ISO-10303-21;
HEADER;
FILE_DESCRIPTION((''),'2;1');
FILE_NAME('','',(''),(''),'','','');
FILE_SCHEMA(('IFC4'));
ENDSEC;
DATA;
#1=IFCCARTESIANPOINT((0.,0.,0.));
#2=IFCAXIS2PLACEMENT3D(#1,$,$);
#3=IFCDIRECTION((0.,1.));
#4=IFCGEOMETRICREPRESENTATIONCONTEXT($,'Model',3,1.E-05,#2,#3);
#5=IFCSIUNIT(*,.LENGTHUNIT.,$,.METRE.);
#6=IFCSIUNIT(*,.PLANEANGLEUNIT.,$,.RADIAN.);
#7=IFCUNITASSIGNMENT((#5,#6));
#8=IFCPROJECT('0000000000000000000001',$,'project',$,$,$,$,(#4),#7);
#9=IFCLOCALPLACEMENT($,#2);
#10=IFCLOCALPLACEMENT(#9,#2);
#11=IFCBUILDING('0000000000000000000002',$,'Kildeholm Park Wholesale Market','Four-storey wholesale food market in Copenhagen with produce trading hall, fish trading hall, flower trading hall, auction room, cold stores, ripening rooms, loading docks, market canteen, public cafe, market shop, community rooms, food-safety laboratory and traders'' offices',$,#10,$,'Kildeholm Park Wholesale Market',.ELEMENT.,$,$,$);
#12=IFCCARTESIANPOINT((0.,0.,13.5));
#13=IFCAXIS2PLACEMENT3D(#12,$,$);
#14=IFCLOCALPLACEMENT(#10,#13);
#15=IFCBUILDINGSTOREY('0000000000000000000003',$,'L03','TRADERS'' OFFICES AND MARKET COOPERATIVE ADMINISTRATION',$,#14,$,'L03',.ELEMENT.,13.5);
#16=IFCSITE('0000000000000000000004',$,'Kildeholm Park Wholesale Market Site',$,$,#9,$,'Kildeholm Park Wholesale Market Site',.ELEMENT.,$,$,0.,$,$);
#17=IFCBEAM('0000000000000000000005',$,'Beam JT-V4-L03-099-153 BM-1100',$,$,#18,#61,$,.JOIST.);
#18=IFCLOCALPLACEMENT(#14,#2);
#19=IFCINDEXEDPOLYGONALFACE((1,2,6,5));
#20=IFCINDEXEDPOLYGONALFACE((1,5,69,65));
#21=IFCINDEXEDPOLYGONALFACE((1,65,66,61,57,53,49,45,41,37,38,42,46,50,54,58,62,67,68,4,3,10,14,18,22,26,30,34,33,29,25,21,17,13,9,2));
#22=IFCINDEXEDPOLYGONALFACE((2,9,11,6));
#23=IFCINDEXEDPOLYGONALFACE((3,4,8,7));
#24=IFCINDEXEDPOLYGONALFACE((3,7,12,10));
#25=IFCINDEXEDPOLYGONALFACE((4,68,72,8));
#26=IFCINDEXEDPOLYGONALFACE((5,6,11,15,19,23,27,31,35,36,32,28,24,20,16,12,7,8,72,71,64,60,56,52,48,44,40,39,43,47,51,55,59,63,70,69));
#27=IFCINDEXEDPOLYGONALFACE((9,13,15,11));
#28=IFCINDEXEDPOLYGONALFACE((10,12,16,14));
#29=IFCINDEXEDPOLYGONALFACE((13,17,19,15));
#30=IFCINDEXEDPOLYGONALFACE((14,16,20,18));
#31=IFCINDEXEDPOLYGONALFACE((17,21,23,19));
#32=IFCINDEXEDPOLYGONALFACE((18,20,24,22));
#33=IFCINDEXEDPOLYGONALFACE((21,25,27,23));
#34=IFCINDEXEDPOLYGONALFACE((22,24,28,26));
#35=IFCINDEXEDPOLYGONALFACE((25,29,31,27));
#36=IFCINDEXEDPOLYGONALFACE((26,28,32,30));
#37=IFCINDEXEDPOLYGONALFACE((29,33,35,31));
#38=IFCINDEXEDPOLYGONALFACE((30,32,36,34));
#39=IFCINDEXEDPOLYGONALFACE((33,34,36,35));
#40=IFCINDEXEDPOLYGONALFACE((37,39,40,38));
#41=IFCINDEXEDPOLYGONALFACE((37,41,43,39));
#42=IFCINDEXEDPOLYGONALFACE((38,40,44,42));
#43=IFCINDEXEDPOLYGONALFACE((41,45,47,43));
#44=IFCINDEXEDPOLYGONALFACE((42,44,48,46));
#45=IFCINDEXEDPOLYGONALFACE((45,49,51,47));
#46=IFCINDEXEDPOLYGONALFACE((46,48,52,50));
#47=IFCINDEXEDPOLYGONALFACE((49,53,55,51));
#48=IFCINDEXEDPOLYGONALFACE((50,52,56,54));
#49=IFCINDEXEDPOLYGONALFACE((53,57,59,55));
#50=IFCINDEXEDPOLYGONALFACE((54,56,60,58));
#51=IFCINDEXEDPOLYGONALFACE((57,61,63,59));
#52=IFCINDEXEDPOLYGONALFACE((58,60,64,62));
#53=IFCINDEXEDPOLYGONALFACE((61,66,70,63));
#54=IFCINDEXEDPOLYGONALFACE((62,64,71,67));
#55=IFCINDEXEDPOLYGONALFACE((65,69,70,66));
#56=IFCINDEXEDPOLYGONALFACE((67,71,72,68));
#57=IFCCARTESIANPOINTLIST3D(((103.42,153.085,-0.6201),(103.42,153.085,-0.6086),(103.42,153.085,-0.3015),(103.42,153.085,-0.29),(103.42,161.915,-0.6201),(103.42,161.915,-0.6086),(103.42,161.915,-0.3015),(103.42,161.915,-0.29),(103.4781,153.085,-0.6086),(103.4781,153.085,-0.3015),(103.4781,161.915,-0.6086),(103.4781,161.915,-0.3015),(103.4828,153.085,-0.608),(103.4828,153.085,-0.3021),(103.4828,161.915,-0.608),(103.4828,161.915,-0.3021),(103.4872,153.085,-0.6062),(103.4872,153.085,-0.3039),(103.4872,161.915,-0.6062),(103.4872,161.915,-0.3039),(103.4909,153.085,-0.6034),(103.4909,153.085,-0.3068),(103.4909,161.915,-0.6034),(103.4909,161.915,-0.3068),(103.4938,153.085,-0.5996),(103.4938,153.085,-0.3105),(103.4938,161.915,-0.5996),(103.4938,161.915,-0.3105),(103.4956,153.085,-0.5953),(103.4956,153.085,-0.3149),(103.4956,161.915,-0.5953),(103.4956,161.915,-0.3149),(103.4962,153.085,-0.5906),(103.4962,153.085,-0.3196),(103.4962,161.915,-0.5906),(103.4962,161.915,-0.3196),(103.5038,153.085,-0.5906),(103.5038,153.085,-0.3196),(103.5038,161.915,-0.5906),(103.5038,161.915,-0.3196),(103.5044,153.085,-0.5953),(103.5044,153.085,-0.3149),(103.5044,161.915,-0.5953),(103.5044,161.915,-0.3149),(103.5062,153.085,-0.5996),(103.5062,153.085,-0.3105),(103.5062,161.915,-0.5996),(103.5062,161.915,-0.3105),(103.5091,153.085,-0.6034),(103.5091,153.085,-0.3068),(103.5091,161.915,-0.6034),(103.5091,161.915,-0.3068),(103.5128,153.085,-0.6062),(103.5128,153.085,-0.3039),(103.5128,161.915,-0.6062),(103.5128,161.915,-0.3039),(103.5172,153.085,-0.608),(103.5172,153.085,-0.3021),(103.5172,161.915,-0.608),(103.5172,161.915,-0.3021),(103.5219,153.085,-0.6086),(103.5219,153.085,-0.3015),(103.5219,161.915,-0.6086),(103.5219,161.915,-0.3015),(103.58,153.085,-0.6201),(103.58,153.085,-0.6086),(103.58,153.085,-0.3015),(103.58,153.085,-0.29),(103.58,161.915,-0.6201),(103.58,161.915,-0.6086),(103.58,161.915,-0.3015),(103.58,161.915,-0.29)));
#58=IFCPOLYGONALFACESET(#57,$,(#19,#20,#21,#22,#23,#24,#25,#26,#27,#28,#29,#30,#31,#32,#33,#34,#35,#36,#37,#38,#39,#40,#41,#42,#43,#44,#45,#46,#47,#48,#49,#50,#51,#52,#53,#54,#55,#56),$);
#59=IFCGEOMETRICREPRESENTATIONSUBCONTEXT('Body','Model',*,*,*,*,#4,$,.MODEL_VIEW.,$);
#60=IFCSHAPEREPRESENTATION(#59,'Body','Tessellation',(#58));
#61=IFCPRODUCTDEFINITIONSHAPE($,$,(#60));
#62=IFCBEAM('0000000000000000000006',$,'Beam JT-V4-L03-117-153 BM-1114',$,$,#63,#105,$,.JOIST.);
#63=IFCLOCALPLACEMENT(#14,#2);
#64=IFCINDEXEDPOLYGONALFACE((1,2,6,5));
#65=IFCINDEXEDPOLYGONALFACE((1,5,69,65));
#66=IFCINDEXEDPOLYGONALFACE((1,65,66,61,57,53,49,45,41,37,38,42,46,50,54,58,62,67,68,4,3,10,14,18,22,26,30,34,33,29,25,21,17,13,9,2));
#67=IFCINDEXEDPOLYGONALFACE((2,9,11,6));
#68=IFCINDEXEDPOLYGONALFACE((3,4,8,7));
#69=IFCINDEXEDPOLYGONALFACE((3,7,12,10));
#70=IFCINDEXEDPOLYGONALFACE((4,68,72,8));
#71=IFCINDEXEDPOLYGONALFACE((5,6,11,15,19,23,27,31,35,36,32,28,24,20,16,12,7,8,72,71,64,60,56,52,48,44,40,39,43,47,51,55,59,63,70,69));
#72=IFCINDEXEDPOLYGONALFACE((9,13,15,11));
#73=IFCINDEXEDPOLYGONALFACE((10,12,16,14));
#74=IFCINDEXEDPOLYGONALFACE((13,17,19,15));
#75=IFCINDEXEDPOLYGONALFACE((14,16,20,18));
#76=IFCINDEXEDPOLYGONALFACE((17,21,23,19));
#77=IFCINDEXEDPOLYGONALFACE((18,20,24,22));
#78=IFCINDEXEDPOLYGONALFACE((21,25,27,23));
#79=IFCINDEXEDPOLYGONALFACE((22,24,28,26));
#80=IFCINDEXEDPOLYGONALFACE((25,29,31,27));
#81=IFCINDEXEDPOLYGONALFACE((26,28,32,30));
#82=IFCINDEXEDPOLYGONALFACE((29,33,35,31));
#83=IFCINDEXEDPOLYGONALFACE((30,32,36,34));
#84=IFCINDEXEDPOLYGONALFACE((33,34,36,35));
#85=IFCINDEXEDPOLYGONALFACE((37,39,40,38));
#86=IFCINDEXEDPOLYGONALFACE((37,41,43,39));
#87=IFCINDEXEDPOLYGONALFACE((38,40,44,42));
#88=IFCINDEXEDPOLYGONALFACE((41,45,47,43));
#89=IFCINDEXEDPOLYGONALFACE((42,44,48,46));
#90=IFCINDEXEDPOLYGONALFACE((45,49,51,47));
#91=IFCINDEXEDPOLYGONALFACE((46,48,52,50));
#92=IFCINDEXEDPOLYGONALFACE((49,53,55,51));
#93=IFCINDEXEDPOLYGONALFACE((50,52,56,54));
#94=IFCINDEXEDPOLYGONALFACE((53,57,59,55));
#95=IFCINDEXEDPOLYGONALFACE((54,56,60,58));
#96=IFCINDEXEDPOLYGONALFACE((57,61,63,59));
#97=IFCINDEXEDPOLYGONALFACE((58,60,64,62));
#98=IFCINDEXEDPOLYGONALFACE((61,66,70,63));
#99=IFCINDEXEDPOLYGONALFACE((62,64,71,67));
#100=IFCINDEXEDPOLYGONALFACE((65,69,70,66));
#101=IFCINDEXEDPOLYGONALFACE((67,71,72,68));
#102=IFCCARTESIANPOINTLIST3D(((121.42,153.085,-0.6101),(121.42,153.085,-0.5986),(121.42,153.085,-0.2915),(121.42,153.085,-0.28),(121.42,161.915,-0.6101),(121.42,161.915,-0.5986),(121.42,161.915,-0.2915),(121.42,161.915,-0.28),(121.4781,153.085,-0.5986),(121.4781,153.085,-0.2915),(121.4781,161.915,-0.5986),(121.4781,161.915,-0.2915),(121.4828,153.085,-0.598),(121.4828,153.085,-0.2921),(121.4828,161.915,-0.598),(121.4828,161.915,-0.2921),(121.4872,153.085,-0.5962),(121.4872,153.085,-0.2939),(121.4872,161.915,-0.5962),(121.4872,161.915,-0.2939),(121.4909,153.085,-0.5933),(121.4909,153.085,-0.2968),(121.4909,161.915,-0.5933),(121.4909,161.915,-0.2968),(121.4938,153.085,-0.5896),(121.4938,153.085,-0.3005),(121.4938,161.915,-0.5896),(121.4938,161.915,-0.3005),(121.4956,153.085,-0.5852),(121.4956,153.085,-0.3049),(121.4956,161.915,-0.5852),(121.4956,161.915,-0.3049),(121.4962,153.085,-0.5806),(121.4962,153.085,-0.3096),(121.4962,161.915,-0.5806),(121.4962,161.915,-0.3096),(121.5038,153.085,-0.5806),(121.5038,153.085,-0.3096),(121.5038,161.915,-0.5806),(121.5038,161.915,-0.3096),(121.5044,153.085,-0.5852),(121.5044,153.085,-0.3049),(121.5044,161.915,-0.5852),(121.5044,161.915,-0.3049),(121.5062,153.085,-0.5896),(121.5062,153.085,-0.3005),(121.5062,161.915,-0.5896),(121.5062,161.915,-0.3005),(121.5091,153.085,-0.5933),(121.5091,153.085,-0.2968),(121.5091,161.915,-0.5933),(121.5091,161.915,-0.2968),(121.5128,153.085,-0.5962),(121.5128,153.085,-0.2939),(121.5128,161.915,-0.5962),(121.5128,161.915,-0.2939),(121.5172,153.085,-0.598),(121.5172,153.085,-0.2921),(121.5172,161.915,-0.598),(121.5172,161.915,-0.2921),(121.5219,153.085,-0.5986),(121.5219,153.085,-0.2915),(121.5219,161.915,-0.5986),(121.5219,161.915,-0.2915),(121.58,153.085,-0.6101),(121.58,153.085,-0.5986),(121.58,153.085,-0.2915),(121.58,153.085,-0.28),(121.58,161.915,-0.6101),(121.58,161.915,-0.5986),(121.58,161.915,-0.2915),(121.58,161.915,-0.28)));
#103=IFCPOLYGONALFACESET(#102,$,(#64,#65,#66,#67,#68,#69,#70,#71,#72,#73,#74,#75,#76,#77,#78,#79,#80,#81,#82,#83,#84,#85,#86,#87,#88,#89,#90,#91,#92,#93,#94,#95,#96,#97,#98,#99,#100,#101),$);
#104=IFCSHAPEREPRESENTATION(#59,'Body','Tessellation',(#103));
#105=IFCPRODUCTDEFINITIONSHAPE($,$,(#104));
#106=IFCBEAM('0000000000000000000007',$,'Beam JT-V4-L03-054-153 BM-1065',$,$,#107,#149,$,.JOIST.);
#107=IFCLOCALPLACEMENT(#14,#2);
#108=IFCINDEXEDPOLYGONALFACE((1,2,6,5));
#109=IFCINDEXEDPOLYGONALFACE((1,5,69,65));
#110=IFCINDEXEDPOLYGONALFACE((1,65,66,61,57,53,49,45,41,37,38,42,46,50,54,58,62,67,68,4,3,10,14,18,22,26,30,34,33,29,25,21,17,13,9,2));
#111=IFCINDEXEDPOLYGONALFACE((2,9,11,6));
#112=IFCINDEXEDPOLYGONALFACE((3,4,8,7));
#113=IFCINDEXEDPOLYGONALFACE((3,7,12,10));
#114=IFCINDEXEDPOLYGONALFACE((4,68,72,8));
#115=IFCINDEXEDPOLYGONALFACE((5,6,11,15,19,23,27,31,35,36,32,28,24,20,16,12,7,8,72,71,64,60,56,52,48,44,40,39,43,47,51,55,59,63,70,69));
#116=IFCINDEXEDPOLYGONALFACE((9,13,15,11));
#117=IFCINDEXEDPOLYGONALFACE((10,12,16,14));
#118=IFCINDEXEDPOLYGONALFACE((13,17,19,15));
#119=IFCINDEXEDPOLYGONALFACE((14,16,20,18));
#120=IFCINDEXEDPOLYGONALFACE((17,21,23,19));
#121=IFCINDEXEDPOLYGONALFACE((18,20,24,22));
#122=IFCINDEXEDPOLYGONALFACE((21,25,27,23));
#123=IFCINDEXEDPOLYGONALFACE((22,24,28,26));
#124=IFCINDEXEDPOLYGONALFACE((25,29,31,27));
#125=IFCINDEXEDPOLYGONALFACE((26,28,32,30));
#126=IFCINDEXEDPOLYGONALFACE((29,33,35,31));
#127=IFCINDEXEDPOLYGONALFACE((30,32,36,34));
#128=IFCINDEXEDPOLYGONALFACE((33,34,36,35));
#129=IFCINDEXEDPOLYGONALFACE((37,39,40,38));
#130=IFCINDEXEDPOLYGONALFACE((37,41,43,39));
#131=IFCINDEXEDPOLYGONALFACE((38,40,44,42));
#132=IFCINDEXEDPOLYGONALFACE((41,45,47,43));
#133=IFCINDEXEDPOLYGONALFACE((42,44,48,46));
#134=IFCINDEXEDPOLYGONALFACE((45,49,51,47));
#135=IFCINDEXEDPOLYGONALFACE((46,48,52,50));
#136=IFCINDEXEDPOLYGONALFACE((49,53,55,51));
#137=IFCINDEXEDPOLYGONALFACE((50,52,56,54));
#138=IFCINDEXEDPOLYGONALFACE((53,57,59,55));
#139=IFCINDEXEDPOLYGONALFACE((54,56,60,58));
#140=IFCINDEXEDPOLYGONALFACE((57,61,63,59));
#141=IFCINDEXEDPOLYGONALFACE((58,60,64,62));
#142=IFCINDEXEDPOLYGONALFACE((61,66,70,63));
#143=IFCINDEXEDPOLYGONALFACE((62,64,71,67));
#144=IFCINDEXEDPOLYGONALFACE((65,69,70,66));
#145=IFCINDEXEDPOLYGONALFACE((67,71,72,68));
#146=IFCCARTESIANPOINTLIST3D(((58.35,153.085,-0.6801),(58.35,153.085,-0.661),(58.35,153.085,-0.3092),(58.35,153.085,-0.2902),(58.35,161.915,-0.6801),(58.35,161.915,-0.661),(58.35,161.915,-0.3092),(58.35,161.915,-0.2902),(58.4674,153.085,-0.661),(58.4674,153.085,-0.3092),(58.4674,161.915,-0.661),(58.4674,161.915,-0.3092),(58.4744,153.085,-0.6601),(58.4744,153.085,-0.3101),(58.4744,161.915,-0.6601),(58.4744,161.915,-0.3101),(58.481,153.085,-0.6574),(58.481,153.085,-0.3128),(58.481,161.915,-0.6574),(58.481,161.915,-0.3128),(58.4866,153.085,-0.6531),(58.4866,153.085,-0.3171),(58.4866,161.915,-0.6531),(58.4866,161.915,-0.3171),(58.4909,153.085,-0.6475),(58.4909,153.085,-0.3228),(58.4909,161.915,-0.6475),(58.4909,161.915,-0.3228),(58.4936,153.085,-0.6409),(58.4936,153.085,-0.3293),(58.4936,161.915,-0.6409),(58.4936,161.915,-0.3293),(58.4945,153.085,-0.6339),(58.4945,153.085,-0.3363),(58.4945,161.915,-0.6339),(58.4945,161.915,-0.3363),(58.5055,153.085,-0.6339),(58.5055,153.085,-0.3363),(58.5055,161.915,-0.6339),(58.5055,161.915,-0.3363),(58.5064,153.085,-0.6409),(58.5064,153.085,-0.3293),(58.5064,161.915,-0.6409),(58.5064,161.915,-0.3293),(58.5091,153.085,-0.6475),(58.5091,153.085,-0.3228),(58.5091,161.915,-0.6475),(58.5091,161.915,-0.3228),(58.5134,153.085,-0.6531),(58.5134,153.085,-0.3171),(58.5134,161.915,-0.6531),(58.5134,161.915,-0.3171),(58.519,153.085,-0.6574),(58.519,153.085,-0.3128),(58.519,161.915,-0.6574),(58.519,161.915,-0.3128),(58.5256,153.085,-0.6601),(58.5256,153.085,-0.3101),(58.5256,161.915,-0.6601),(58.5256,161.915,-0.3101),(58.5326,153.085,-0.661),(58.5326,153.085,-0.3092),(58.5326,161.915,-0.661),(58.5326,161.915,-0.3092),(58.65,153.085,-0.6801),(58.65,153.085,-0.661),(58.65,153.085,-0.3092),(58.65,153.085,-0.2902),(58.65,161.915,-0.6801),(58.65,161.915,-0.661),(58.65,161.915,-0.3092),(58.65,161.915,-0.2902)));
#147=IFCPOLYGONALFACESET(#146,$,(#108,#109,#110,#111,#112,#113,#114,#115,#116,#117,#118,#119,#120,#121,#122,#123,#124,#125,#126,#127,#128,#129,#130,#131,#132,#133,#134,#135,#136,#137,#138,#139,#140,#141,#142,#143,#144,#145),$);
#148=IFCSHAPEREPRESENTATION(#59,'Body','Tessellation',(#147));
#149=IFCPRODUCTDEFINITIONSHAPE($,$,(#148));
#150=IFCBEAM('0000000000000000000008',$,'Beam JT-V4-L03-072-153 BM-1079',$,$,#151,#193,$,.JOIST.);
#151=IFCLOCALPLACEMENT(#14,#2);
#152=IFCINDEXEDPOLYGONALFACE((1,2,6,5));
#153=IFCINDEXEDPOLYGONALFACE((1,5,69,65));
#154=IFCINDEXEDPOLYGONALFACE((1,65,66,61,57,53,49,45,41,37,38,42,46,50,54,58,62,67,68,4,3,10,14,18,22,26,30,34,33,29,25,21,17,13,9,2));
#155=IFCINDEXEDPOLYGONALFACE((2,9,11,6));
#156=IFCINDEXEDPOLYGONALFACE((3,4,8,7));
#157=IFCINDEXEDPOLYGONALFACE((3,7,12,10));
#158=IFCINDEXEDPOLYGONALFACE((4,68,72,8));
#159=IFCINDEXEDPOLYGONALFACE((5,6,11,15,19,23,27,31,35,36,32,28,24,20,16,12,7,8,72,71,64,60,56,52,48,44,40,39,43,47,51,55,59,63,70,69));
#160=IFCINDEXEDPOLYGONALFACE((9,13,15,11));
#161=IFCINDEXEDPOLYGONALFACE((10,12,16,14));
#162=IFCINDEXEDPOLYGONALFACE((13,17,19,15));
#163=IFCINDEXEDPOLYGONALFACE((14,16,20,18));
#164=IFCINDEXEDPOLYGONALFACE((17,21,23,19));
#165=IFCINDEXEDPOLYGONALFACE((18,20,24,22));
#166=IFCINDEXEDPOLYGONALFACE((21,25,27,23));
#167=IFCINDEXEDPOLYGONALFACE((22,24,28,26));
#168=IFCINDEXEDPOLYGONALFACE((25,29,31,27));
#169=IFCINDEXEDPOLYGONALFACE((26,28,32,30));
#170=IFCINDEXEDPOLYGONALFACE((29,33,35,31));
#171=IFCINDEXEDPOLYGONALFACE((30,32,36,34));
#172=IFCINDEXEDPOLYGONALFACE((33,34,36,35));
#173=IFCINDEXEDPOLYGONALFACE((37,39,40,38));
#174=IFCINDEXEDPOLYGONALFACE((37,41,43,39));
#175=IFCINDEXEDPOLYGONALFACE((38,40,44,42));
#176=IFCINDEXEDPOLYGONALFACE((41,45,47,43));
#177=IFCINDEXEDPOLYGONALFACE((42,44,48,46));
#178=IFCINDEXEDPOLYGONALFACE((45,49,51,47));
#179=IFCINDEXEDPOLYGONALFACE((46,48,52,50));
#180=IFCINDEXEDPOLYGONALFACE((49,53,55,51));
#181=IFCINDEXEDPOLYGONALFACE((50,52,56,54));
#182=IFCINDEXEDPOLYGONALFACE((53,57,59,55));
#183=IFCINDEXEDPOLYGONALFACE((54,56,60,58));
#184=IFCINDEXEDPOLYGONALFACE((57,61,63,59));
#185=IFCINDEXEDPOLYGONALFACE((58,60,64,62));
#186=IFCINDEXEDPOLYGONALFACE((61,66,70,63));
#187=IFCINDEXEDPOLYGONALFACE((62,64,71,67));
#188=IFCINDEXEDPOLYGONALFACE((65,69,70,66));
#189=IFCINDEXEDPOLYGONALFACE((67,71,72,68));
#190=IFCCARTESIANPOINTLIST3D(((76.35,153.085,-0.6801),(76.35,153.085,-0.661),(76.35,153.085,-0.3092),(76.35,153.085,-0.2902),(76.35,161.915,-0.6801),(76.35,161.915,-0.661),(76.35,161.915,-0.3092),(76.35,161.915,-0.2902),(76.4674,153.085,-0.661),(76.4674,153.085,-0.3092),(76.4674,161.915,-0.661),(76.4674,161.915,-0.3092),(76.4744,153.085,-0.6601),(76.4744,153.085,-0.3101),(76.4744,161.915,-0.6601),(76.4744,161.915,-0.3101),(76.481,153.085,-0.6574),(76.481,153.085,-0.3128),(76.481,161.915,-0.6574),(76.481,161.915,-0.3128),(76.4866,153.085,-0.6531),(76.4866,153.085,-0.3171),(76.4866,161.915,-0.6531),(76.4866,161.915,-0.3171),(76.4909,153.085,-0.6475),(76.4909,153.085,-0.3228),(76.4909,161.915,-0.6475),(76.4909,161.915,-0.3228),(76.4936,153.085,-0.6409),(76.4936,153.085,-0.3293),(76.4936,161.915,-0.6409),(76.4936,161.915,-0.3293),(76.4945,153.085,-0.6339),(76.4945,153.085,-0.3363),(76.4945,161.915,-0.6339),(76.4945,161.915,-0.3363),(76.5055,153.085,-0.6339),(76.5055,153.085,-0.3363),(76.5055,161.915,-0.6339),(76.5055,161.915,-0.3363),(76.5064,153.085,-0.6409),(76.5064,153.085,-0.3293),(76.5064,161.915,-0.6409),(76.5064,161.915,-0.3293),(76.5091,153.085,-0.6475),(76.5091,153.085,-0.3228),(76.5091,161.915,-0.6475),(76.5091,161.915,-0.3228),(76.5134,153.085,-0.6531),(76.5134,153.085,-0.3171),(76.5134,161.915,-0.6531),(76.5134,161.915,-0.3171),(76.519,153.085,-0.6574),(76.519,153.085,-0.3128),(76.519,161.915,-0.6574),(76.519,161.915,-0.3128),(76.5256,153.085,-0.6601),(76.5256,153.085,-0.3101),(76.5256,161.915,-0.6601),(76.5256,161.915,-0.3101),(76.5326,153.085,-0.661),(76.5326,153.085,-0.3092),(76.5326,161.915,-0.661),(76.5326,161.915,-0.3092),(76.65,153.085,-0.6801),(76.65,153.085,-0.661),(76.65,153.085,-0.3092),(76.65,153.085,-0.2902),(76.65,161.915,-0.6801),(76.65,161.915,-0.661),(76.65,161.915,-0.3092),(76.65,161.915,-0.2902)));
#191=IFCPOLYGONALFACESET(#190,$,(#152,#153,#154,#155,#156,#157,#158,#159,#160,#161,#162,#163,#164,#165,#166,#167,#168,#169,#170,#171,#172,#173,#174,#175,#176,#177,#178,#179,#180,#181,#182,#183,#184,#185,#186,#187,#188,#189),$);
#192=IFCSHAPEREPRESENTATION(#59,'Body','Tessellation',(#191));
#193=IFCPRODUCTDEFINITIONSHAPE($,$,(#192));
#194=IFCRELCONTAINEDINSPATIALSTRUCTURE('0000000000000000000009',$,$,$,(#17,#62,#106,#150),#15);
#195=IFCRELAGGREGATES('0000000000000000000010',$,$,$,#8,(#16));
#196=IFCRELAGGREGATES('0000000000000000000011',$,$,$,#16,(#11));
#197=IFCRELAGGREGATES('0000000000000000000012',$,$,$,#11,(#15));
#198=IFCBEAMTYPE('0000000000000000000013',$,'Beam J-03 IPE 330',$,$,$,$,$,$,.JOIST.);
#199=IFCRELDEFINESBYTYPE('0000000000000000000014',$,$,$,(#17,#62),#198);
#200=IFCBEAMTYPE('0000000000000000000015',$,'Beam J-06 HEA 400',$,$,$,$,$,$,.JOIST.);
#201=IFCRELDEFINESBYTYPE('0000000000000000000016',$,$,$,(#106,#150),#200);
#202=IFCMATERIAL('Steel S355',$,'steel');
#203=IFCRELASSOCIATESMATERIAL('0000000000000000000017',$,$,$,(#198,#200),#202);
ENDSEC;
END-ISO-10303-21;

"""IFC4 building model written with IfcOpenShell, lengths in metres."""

from ifc_helpers import new_model, si_unit, direction, frame, origin, origin_2d, place, context, subcontext, project, spatial, i_section, extrude, material, material_profile, profile_set, type_object, element, save


model = new_model("IFC4")

# Units and contexts
model_context = context("Model", 3, precision=1e-05, world=origin(), true_north=direction((0.0, 1.0)))
body_context = subcontext(model_context, "Body", "Model", "MODEL_VIEW")
ifc_project = project(units=[si_unit("LENGTHUNIT", "METRE"), si_unit("PLANEANGLEUNIT", "RADIAN")], contexts=[model_context])

# Site, building, storey
site_placement = place(None, origin())
site = spatial("IfcSite", under=ifc_project, at=site_placement, Name="Kildeholm Park Wholesale Market Site", LongName="Kildeholm Park Wholesale Market Site", CompositionType="ELEMENT", RefElevation=0.0)
building_placement = place(site_placement, origin())
building = spatial("IfcBuilding", under=site, at=building_placement, Name="Kildeholm Park Wholesale Market", Description="Four-storey wholesale food market in Copenhagen with produce trading hall, fish trading hall, flower trading hall, auction room, cold stores, ripening rooms, loading docks, market canteen, public cafe, market shop, community rooms, food-safety laboratory and traders' offices", LongName="Kildeholm Park Wholesale Market", CompositionType="ELEMENT")
storey_placement = place(building_placement, frame((0.0, 0.0, 13.5)))
storey = spatial("IfcBuildingStorey", under=building, at=storey_placement, Name="L03", Description="TRADERS' OFFICES AND MARKET COOPERATIVE ADMINISTRATION", LongName="L03", CompositionType="ELEMENT", Elevation=13.5)

# Beams
ifc_material = material(Name="Steel S355", Category="steel")
ifc_material_profile_1 = material_profile(ifc_material, i_section(OverallWidth=0.1599, OverallDepth=0.3301, WebThickness=0.0076, FlangeThickness=0.0115, FilletRadius=0.0181, at=origin_2d()), Name="IPE 330")
ifc_profile_set_1 = profile_set([ifc_material_profile_1], Name="Steel S355")
beam_type_1 = type_object("IfcBeamType", Name="Beam J-03 IPE 330", PredefinedType="JOIST", material=ifc_profile_set_1)
for number, where, z_axis, x_axis, name in (
    (1, (103.5, 153.085, -0.4551), (0.0, 1.0, 0.0), (-1.0, 0.0, 0.0), "Beam JT-V4-L03-099-153 BM-1100"),
    (2, (121.5, 153.085, -0.4451), (0.0, 1.0, 0.0), (-1.0, 0.0, 0.0), "Beam JT-V4-L03-117-153 BM-1114"),
):
    element("IfcBeam", number, at=place(storey_placement, frame(where, z_axis=z_axis, x_axis=x_axis)), inside=storey, type_object=beam_type_1, Name=name, PredefinedType="JOIST", context=body_context, shape_type="SweptSolid", body=[
        extrude(i_section(OverallWidth=0.1599, OverallDepth=0.3301, WebThickness=0.0076, FlangeThickness=0.0115, FilletRadius=0.0181, at=origin_2d()), origin(), (0.0, 0.0, 1.0), 8.8301),
    ])
ifc_material_profile_2 = material_profile(ifc_material, i_section(OverallWidth=0.3, OverallDepth=0.3899, WebThickness=0.011, FlangeThickness=0.019, FilletRadius=0.0271, at=origin_2d()), Name="HEA 400")
ifc_profile_set_2 = profile_set([ifc_material_profile_2], Name="Steel S355")
beam_type_2 = type_object("IfcBeamType", Name="Beam J-06 HEA 400", PredefinedType="JOIST", material=ifc_profile_set_2)
for number, where, z_axis, x_axis, name in (
    (3, (58.5, 153.085, -0.4851), (0.0, 1.0, 0.0), (-1.0, 0.0, 0.0), "Beam JT-V4-L03-054-153 BM-1065"),
    (4, (76.5, 153.085, -0.4851), (0.0, 1.0, 0.0), (-1.0, 0.0, 0.0), "Beam JT-V4-L03-072-153 BM-1079"),
):
    element("IfcBeam", number, at=place(storey_placement, frame(where, z_axis=z_axis, x_axis=x_axis)), inside=storey, type_object=beam_type_2, Name=name, PredefinedType="JOIST", context=body_context, shape_type="SweptSolid", body=[
        extrude(i_section(OverallWidth=0.3, OverallDepth=0.3899, WebThickness=0.011, FlangeThickness=0.019, FilletRadius=0.0271, at=origin_2d()), origin(), (0.0, 0.0, 1.0), 8.8301),
    ])

save(model, "model.ifc")
